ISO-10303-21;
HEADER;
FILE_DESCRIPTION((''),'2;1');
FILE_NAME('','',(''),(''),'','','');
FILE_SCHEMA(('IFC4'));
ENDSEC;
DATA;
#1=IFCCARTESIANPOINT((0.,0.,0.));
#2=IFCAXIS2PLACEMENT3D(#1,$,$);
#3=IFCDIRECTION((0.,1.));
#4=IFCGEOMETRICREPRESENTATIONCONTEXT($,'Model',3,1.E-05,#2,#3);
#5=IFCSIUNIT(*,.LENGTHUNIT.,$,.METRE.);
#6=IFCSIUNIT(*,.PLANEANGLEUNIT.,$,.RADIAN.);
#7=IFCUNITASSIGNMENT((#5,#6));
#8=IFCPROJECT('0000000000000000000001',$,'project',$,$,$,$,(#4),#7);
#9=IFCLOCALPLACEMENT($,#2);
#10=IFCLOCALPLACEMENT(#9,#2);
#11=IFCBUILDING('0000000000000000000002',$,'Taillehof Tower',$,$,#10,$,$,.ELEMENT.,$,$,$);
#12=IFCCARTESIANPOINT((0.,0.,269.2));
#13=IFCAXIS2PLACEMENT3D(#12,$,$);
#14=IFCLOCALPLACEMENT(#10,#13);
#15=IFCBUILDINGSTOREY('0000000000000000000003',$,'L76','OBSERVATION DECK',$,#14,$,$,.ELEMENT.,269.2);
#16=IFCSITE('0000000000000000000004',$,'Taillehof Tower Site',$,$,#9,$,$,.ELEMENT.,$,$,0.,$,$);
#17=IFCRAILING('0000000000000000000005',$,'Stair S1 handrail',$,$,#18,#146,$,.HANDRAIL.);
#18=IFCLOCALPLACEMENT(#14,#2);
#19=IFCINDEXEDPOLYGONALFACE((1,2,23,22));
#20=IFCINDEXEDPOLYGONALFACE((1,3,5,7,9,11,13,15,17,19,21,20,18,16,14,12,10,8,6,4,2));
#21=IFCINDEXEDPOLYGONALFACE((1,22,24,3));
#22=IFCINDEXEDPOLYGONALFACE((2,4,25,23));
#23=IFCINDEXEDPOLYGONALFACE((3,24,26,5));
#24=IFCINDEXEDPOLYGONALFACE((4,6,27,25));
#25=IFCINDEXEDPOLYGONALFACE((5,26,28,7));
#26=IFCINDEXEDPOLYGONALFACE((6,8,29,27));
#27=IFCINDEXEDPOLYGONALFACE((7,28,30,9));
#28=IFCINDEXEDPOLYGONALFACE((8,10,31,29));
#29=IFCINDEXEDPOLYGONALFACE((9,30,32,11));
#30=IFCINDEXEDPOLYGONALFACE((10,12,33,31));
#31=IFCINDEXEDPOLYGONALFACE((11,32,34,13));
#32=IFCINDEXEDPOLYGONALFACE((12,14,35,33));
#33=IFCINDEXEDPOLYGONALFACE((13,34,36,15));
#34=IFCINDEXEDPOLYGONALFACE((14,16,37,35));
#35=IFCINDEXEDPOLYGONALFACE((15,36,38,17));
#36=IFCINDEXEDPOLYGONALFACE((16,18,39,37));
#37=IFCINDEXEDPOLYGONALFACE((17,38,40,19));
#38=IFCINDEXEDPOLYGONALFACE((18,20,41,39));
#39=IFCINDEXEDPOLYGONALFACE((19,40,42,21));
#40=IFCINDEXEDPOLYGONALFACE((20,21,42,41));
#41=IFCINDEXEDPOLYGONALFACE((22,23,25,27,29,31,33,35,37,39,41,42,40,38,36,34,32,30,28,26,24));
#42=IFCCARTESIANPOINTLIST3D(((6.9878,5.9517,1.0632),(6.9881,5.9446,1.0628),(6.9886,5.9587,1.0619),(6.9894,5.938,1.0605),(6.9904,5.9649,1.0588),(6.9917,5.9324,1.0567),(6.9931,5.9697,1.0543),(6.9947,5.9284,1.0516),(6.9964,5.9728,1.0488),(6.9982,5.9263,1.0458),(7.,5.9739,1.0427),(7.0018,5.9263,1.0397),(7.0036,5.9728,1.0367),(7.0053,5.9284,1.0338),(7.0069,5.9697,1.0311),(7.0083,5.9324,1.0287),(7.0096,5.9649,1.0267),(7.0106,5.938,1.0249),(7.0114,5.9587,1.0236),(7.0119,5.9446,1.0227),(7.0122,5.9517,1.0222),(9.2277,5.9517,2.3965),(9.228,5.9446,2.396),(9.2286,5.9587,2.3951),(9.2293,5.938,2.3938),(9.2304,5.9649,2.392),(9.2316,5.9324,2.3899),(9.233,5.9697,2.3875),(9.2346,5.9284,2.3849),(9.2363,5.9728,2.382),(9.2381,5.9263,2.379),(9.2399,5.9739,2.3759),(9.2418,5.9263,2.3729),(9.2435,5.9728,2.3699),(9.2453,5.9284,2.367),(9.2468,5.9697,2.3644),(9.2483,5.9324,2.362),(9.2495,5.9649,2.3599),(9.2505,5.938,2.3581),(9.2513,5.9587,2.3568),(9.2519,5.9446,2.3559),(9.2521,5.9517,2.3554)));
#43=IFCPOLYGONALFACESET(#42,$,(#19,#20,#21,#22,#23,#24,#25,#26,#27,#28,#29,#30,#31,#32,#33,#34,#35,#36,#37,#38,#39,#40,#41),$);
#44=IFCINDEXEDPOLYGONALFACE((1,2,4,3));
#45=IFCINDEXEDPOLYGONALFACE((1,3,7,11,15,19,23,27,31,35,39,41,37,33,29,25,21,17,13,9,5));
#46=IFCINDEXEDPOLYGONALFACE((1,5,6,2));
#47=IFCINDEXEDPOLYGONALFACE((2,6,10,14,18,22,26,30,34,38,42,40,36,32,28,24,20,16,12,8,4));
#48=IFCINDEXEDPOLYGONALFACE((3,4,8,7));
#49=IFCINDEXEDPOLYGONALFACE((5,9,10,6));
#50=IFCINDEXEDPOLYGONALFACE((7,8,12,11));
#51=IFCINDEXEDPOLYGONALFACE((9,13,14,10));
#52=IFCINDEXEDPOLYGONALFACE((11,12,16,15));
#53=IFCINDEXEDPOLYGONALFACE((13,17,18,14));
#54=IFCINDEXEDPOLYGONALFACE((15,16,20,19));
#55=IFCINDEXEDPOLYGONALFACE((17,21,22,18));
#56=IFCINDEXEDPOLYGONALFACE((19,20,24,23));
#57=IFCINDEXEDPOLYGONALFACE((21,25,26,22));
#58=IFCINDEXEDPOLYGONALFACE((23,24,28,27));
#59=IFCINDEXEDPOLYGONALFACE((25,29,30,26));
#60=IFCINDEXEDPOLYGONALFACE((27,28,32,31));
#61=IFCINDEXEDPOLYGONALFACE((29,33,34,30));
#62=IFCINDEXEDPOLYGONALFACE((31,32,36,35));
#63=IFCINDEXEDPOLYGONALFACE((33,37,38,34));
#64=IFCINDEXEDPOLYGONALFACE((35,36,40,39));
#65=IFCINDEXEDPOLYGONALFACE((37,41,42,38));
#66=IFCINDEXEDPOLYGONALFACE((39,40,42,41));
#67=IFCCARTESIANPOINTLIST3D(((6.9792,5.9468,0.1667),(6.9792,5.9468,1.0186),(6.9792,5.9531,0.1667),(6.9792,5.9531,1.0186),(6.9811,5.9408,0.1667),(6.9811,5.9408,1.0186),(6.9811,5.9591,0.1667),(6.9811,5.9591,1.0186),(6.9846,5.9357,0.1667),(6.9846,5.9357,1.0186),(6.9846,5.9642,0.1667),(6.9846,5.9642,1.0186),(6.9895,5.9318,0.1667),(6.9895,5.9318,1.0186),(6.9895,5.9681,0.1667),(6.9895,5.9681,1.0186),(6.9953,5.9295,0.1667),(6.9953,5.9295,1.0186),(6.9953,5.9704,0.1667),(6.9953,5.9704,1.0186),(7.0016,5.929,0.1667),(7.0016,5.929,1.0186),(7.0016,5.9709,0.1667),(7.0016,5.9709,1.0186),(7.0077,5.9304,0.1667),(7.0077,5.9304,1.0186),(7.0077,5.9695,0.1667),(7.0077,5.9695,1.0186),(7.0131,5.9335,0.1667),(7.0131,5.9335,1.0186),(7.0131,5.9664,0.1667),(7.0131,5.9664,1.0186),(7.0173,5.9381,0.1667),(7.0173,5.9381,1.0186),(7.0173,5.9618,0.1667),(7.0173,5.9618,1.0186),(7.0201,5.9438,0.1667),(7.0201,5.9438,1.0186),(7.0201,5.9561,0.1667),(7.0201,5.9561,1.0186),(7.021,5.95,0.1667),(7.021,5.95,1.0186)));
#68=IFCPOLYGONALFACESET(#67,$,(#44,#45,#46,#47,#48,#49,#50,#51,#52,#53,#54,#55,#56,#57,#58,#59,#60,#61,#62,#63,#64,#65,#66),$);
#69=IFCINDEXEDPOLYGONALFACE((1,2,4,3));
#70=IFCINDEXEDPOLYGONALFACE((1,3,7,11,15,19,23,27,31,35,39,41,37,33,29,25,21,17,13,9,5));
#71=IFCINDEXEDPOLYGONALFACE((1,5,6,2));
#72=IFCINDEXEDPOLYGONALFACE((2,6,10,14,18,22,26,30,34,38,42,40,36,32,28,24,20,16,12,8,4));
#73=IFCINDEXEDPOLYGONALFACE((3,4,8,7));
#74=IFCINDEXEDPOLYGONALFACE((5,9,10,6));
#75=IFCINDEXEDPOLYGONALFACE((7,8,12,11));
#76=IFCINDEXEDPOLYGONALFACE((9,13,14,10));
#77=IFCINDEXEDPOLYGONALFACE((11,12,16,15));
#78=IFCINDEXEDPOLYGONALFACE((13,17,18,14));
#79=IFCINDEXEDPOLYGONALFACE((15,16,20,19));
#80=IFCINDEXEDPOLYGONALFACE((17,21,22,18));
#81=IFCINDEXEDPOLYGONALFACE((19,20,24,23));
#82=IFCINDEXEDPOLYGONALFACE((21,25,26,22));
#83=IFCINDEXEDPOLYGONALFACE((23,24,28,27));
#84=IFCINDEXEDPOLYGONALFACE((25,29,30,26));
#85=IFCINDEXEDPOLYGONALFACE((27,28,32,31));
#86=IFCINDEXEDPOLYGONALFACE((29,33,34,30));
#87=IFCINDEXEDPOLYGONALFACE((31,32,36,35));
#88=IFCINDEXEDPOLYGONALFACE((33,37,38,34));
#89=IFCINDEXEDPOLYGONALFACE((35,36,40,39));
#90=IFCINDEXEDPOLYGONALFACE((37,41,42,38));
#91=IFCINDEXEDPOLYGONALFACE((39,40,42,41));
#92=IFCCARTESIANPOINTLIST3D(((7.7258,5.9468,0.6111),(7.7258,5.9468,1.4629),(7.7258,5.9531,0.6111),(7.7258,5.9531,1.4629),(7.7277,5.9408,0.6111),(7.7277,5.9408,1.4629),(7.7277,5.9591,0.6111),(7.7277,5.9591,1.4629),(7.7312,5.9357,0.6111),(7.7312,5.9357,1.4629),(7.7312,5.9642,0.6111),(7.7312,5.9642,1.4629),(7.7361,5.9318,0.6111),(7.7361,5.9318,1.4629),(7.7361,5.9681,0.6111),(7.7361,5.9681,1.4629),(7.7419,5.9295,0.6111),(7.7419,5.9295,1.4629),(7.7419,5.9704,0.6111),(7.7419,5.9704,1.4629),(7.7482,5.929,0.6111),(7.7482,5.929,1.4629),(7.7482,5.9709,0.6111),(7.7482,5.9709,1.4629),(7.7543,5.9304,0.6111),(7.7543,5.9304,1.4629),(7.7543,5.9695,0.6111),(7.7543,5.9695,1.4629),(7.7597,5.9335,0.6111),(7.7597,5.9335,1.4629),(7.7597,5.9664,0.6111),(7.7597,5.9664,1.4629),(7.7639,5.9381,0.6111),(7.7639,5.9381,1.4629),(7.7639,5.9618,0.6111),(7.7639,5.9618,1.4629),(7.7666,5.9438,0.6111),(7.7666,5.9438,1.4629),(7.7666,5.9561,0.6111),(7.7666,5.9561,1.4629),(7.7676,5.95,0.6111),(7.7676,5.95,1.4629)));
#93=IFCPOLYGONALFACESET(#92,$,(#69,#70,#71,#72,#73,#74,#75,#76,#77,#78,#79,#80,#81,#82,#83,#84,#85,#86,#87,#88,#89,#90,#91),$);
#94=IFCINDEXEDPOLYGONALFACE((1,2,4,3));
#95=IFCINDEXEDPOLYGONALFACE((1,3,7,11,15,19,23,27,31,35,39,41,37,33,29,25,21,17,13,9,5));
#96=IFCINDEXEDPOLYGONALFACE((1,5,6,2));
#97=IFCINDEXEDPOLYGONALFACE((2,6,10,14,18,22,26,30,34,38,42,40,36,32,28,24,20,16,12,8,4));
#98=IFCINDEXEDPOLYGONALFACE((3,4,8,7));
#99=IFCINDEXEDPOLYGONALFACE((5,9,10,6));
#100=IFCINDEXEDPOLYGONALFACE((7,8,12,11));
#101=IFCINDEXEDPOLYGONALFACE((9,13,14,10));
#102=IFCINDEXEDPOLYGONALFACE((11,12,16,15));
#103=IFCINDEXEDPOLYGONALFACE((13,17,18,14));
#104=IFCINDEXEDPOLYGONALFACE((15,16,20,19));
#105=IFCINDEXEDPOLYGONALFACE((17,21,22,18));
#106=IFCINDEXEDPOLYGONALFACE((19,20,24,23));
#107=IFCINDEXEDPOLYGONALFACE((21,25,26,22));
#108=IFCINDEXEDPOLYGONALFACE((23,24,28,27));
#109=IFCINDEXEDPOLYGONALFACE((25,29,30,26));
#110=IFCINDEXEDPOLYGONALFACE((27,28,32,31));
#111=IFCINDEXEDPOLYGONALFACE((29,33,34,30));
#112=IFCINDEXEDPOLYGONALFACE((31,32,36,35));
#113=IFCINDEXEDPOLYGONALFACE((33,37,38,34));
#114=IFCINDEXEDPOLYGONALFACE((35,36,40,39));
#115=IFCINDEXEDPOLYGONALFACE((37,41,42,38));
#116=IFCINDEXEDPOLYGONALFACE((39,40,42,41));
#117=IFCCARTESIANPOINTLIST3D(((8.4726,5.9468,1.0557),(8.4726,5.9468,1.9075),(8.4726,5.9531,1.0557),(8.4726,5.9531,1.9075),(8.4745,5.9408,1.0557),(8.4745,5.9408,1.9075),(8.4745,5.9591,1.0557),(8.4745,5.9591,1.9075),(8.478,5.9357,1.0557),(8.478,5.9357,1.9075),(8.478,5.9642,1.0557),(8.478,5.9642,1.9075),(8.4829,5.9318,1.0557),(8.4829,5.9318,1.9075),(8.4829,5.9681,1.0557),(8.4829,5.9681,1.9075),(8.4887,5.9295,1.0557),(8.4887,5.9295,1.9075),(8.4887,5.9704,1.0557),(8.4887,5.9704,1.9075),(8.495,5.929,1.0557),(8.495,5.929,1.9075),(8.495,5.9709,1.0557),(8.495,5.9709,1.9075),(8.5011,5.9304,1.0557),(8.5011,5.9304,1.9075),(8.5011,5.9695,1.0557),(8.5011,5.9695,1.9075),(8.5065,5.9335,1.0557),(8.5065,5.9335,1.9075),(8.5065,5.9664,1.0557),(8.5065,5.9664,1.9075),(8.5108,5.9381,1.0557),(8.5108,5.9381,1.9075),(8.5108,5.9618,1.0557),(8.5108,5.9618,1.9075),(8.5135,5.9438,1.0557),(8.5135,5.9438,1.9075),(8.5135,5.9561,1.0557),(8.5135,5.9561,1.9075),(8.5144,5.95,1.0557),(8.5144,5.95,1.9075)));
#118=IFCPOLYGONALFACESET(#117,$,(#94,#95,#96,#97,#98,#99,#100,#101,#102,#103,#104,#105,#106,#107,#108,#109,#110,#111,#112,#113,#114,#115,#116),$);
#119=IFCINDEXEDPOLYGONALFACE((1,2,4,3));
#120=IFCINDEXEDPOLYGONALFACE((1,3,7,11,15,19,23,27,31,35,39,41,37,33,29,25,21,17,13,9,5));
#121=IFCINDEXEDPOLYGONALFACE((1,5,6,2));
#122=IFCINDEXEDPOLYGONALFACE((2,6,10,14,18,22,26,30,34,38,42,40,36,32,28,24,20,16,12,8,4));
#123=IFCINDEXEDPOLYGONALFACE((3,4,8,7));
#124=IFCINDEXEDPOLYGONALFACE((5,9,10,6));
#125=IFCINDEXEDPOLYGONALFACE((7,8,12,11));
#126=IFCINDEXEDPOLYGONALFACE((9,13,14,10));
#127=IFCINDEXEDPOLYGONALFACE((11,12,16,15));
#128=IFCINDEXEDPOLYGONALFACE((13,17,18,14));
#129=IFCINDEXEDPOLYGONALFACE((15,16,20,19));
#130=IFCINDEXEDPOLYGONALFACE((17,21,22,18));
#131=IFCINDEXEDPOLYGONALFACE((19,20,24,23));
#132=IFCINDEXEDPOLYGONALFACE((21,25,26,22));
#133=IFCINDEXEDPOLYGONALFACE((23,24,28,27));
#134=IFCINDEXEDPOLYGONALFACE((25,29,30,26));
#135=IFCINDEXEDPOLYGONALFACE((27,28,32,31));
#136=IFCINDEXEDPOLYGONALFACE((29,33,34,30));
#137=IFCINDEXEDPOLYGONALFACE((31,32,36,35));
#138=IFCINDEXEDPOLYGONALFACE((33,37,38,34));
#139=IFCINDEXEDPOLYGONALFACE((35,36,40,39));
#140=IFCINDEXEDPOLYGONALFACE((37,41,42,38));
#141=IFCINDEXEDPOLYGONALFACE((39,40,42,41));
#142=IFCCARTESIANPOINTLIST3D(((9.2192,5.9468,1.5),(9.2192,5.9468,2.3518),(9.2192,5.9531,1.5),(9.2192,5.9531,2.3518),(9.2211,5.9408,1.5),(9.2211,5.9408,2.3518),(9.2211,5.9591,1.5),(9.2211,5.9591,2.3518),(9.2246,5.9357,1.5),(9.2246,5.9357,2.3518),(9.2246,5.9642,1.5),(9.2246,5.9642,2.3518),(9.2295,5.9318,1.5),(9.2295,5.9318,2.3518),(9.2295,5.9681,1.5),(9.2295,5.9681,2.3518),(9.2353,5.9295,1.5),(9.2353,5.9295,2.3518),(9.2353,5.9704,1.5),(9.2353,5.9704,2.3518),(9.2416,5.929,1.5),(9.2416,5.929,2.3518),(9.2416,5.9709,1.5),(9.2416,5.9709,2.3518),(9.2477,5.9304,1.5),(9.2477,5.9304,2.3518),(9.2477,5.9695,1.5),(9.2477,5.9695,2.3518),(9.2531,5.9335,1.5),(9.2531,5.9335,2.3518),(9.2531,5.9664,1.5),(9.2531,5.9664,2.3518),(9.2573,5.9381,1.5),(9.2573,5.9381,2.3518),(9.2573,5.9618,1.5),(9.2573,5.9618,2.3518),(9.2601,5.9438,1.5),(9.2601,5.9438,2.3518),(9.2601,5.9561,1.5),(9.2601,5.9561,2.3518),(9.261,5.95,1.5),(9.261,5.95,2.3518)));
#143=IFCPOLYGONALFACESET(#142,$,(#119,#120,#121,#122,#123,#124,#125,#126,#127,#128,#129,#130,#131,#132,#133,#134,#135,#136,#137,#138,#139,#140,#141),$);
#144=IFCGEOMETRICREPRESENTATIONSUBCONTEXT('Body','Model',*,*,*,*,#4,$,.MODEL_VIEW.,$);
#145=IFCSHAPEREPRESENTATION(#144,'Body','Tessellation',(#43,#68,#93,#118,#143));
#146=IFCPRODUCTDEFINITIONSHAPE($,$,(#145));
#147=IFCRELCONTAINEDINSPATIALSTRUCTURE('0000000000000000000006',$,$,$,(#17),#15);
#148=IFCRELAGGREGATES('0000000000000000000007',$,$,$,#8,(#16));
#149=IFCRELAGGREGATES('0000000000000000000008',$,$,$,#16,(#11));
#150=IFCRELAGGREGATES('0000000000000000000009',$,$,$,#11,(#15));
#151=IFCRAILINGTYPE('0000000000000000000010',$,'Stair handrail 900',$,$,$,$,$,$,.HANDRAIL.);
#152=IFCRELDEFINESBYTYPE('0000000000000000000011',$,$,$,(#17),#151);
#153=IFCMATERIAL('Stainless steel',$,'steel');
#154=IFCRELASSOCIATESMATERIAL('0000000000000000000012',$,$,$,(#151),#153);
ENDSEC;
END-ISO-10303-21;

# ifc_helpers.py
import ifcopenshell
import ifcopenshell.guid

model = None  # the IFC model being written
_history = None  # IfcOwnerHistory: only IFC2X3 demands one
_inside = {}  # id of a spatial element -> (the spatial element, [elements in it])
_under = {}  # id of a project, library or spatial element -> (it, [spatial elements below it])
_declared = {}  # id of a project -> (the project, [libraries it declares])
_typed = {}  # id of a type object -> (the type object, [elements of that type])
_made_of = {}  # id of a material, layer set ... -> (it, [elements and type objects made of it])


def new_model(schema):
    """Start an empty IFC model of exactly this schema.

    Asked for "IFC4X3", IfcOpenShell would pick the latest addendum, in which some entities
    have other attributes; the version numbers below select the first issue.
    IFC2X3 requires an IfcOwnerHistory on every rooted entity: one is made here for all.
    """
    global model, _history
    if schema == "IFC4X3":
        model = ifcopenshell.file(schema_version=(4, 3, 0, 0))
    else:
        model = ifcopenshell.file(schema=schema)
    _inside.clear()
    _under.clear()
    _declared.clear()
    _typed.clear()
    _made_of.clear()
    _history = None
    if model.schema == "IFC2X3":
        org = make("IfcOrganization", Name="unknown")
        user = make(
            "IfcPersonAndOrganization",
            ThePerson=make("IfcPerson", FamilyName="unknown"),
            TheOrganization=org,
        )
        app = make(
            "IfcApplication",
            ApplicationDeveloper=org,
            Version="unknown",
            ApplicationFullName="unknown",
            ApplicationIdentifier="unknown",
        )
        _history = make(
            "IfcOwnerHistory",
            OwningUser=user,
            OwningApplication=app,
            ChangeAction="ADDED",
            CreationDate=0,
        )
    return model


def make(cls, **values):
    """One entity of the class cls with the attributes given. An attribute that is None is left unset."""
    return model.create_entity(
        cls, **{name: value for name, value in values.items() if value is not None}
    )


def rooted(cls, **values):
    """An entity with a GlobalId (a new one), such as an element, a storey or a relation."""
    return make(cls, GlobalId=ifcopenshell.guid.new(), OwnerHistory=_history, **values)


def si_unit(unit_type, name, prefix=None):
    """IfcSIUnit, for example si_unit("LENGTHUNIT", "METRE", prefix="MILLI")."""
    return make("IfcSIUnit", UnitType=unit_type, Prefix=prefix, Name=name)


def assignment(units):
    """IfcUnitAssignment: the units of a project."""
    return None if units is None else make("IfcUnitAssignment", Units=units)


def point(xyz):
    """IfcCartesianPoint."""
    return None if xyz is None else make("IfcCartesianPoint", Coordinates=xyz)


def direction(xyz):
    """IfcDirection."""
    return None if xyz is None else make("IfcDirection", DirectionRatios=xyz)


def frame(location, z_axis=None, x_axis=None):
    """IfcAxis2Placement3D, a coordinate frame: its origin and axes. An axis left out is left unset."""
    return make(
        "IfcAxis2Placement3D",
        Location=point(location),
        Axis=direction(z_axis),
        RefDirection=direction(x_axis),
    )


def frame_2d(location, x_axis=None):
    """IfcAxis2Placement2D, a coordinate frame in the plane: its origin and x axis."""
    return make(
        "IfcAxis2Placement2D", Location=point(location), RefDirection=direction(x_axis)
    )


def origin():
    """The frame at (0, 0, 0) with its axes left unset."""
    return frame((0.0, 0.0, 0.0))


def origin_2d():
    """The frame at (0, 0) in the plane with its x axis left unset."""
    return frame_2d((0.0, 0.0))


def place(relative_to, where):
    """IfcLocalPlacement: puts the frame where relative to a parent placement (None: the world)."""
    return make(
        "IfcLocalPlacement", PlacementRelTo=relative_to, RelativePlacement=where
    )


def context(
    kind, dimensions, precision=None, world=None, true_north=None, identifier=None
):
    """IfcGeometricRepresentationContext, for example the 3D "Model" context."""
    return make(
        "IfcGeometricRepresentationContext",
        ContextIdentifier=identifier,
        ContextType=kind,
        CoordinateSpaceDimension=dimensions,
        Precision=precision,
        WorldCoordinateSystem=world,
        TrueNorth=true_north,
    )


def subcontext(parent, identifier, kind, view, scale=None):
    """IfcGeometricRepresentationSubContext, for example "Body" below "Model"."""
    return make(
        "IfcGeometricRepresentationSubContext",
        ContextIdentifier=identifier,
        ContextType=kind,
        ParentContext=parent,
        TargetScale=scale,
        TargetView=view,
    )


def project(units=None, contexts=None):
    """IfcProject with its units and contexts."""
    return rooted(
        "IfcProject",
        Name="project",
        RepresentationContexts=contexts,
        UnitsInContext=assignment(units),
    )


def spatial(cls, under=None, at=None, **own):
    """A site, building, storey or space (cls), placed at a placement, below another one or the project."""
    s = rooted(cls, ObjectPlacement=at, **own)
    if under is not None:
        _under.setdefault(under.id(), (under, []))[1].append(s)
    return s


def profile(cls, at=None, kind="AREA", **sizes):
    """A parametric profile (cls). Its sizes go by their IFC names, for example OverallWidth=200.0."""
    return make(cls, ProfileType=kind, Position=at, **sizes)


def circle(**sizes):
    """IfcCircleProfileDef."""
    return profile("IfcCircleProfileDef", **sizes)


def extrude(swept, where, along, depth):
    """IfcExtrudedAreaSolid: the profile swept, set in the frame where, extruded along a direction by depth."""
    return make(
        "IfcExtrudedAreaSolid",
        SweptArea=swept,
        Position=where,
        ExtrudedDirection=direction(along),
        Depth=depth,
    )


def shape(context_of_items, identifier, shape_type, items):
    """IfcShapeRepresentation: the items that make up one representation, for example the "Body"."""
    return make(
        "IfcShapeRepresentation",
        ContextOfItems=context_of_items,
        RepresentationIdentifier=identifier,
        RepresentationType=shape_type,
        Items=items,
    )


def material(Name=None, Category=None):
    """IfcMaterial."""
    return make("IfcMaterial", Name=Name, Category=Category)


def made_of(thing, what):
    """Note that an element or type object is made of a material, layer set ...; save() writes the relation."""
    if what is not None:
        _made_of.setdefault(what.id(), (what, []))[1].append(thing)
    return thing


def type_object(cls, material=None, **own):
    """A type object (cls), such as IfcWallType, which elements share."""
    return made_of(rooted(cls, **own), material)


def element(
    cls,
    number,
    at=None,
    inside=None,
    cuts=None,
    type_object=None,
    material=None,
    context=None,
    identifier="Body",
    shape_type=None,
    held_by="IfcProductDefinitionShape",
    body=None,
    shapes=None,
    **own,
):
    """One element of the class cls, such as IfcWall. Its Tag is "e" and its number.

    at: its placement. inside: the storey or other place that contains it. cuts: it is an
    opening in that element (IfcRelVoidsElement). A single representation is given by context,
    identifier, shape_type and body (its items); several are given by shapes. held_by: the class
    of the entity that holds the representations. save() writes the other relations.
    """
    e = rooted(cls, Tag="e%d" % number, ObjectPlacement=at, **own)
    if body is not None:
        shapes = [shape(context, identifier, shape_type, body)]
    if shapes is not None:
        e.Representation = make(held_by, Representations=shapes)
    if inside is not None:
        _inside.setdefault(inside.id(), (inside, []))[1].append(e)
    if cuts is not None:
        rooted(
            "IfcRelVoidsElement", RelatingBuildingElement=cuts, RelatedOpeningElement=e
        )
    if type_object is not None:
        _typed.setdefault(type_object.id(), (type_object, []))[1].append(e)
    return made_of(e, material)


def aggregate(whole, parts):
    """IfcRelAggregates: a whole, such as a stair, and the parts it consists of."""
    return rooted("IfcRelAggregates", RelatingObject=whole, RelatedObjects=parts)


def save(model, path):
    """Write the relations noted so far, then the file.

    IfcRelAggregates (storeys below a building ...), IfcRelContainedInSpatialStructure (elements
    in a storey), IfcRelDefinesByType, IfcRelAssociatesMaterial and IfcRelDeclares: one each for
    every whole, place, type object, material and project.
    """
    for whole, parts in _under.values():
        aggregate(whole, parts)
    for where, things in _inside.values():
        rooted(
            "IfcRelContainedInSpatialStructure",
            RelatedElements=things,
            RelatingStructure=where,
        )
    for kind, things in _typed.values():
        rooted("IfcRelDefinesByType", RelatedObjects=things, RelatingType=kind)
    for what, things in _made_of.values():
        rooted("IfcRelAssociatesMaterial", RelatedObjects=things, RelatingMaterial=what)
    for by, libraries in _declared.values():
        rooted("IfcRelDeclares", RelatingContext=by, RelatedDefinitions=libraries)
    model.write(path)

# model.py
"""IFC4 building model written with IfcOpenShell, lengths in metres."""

from ifc_helpers import new_model, si_unit, direction, frame, origin, origin_2d, place, context, subcontext, project, spatial, circle, extrude, material, type_object, element, save


model = new_model("IFC4")

# Units and contexts
model_context = context("Model", 3, precision=1e-05, world=origin(), true_north=direction((0.0, 1.0)))
body_context = subcontext(model_context, "Body", "Model", "MODEL_VIEW")
ifc_project = project(units=[si_unit("LENGTHUNIT", "METRE"), si_unit("PLANEANGLEUNIT", "RADIAN")], contexts=[model_context])

# Site, building, storey
site_placement = place(None, origin())
site = spatial("IfcSite", under=ifc_project, at=site_placement, Name="Taillehof Tower Site", CompositionType="ELEMENT", RefElevation=0.0)
building_placement = place(site_placement, origin())
building = spatial("IfcBuilding", under=site, at=building_placement, Name="Taillehof Tower", CompositionType="ELEMENT")
storey_placement = place(building_placement, frame((0.0, 0.0, 269.2)))
storey = spatial("IfcBuildingStorey", under=building, at=storey_placement, Name="L76", Description="OBSERVATION DECK", CompositionType="ELEMENT", Elevation=269.2)

# Railing
ifc_material_1 = material(Name="Stainless steel", Category="steel")
railing_type = type_object("IfcRailingType", Name="Stair handrail 900", PredefinedType="HANDRAIL", material=ifc_material_1)
railing_1_placement = place(storey_placement, frame((7.0, 5.95, 0.1667)))
element("IfcRailing", 1, at=railing_1_placement, inside=storey, type_object=railing_type, Name="Stair S1 handrail", PredefinedType="HANDRAIL", context=body_context, shape_type="SweptSolid", body=[
    extrude(circle(Radius=0.0239, at=origin_2d()), frame((0.0, 0.0, 0.876), z_axis=(0.859306, 0.0, 0.511462), x_axis=(0.0, 1.0, 0.0)), (0.0, 0.0, 1.0), 2.6067),
    extrude(circle(Radius=0.021, at=origin_2d()), origin(), (0.0, 0.0, 1.0), 0.8518),
    extrude(circle(Radius=0.021, at=origin_2d()), frame((0.7466, 0.0, 0.4443)), (0.0, 0.0, 1.0), 0.8518),
    extrude(circle(Radius=0.021, at=origin_2d()), frame((1.4934, 0.0, 0.8889)), (0.0, 0.0, 1.0), 0.8518),
    extrude(circle(Radius=0.021, at=origin_2d()), frame((2.24, 0.0, 1.3333)), (0.0, 0.0, 1.0), 0.8518),
])

save(model, "model.ifc")
